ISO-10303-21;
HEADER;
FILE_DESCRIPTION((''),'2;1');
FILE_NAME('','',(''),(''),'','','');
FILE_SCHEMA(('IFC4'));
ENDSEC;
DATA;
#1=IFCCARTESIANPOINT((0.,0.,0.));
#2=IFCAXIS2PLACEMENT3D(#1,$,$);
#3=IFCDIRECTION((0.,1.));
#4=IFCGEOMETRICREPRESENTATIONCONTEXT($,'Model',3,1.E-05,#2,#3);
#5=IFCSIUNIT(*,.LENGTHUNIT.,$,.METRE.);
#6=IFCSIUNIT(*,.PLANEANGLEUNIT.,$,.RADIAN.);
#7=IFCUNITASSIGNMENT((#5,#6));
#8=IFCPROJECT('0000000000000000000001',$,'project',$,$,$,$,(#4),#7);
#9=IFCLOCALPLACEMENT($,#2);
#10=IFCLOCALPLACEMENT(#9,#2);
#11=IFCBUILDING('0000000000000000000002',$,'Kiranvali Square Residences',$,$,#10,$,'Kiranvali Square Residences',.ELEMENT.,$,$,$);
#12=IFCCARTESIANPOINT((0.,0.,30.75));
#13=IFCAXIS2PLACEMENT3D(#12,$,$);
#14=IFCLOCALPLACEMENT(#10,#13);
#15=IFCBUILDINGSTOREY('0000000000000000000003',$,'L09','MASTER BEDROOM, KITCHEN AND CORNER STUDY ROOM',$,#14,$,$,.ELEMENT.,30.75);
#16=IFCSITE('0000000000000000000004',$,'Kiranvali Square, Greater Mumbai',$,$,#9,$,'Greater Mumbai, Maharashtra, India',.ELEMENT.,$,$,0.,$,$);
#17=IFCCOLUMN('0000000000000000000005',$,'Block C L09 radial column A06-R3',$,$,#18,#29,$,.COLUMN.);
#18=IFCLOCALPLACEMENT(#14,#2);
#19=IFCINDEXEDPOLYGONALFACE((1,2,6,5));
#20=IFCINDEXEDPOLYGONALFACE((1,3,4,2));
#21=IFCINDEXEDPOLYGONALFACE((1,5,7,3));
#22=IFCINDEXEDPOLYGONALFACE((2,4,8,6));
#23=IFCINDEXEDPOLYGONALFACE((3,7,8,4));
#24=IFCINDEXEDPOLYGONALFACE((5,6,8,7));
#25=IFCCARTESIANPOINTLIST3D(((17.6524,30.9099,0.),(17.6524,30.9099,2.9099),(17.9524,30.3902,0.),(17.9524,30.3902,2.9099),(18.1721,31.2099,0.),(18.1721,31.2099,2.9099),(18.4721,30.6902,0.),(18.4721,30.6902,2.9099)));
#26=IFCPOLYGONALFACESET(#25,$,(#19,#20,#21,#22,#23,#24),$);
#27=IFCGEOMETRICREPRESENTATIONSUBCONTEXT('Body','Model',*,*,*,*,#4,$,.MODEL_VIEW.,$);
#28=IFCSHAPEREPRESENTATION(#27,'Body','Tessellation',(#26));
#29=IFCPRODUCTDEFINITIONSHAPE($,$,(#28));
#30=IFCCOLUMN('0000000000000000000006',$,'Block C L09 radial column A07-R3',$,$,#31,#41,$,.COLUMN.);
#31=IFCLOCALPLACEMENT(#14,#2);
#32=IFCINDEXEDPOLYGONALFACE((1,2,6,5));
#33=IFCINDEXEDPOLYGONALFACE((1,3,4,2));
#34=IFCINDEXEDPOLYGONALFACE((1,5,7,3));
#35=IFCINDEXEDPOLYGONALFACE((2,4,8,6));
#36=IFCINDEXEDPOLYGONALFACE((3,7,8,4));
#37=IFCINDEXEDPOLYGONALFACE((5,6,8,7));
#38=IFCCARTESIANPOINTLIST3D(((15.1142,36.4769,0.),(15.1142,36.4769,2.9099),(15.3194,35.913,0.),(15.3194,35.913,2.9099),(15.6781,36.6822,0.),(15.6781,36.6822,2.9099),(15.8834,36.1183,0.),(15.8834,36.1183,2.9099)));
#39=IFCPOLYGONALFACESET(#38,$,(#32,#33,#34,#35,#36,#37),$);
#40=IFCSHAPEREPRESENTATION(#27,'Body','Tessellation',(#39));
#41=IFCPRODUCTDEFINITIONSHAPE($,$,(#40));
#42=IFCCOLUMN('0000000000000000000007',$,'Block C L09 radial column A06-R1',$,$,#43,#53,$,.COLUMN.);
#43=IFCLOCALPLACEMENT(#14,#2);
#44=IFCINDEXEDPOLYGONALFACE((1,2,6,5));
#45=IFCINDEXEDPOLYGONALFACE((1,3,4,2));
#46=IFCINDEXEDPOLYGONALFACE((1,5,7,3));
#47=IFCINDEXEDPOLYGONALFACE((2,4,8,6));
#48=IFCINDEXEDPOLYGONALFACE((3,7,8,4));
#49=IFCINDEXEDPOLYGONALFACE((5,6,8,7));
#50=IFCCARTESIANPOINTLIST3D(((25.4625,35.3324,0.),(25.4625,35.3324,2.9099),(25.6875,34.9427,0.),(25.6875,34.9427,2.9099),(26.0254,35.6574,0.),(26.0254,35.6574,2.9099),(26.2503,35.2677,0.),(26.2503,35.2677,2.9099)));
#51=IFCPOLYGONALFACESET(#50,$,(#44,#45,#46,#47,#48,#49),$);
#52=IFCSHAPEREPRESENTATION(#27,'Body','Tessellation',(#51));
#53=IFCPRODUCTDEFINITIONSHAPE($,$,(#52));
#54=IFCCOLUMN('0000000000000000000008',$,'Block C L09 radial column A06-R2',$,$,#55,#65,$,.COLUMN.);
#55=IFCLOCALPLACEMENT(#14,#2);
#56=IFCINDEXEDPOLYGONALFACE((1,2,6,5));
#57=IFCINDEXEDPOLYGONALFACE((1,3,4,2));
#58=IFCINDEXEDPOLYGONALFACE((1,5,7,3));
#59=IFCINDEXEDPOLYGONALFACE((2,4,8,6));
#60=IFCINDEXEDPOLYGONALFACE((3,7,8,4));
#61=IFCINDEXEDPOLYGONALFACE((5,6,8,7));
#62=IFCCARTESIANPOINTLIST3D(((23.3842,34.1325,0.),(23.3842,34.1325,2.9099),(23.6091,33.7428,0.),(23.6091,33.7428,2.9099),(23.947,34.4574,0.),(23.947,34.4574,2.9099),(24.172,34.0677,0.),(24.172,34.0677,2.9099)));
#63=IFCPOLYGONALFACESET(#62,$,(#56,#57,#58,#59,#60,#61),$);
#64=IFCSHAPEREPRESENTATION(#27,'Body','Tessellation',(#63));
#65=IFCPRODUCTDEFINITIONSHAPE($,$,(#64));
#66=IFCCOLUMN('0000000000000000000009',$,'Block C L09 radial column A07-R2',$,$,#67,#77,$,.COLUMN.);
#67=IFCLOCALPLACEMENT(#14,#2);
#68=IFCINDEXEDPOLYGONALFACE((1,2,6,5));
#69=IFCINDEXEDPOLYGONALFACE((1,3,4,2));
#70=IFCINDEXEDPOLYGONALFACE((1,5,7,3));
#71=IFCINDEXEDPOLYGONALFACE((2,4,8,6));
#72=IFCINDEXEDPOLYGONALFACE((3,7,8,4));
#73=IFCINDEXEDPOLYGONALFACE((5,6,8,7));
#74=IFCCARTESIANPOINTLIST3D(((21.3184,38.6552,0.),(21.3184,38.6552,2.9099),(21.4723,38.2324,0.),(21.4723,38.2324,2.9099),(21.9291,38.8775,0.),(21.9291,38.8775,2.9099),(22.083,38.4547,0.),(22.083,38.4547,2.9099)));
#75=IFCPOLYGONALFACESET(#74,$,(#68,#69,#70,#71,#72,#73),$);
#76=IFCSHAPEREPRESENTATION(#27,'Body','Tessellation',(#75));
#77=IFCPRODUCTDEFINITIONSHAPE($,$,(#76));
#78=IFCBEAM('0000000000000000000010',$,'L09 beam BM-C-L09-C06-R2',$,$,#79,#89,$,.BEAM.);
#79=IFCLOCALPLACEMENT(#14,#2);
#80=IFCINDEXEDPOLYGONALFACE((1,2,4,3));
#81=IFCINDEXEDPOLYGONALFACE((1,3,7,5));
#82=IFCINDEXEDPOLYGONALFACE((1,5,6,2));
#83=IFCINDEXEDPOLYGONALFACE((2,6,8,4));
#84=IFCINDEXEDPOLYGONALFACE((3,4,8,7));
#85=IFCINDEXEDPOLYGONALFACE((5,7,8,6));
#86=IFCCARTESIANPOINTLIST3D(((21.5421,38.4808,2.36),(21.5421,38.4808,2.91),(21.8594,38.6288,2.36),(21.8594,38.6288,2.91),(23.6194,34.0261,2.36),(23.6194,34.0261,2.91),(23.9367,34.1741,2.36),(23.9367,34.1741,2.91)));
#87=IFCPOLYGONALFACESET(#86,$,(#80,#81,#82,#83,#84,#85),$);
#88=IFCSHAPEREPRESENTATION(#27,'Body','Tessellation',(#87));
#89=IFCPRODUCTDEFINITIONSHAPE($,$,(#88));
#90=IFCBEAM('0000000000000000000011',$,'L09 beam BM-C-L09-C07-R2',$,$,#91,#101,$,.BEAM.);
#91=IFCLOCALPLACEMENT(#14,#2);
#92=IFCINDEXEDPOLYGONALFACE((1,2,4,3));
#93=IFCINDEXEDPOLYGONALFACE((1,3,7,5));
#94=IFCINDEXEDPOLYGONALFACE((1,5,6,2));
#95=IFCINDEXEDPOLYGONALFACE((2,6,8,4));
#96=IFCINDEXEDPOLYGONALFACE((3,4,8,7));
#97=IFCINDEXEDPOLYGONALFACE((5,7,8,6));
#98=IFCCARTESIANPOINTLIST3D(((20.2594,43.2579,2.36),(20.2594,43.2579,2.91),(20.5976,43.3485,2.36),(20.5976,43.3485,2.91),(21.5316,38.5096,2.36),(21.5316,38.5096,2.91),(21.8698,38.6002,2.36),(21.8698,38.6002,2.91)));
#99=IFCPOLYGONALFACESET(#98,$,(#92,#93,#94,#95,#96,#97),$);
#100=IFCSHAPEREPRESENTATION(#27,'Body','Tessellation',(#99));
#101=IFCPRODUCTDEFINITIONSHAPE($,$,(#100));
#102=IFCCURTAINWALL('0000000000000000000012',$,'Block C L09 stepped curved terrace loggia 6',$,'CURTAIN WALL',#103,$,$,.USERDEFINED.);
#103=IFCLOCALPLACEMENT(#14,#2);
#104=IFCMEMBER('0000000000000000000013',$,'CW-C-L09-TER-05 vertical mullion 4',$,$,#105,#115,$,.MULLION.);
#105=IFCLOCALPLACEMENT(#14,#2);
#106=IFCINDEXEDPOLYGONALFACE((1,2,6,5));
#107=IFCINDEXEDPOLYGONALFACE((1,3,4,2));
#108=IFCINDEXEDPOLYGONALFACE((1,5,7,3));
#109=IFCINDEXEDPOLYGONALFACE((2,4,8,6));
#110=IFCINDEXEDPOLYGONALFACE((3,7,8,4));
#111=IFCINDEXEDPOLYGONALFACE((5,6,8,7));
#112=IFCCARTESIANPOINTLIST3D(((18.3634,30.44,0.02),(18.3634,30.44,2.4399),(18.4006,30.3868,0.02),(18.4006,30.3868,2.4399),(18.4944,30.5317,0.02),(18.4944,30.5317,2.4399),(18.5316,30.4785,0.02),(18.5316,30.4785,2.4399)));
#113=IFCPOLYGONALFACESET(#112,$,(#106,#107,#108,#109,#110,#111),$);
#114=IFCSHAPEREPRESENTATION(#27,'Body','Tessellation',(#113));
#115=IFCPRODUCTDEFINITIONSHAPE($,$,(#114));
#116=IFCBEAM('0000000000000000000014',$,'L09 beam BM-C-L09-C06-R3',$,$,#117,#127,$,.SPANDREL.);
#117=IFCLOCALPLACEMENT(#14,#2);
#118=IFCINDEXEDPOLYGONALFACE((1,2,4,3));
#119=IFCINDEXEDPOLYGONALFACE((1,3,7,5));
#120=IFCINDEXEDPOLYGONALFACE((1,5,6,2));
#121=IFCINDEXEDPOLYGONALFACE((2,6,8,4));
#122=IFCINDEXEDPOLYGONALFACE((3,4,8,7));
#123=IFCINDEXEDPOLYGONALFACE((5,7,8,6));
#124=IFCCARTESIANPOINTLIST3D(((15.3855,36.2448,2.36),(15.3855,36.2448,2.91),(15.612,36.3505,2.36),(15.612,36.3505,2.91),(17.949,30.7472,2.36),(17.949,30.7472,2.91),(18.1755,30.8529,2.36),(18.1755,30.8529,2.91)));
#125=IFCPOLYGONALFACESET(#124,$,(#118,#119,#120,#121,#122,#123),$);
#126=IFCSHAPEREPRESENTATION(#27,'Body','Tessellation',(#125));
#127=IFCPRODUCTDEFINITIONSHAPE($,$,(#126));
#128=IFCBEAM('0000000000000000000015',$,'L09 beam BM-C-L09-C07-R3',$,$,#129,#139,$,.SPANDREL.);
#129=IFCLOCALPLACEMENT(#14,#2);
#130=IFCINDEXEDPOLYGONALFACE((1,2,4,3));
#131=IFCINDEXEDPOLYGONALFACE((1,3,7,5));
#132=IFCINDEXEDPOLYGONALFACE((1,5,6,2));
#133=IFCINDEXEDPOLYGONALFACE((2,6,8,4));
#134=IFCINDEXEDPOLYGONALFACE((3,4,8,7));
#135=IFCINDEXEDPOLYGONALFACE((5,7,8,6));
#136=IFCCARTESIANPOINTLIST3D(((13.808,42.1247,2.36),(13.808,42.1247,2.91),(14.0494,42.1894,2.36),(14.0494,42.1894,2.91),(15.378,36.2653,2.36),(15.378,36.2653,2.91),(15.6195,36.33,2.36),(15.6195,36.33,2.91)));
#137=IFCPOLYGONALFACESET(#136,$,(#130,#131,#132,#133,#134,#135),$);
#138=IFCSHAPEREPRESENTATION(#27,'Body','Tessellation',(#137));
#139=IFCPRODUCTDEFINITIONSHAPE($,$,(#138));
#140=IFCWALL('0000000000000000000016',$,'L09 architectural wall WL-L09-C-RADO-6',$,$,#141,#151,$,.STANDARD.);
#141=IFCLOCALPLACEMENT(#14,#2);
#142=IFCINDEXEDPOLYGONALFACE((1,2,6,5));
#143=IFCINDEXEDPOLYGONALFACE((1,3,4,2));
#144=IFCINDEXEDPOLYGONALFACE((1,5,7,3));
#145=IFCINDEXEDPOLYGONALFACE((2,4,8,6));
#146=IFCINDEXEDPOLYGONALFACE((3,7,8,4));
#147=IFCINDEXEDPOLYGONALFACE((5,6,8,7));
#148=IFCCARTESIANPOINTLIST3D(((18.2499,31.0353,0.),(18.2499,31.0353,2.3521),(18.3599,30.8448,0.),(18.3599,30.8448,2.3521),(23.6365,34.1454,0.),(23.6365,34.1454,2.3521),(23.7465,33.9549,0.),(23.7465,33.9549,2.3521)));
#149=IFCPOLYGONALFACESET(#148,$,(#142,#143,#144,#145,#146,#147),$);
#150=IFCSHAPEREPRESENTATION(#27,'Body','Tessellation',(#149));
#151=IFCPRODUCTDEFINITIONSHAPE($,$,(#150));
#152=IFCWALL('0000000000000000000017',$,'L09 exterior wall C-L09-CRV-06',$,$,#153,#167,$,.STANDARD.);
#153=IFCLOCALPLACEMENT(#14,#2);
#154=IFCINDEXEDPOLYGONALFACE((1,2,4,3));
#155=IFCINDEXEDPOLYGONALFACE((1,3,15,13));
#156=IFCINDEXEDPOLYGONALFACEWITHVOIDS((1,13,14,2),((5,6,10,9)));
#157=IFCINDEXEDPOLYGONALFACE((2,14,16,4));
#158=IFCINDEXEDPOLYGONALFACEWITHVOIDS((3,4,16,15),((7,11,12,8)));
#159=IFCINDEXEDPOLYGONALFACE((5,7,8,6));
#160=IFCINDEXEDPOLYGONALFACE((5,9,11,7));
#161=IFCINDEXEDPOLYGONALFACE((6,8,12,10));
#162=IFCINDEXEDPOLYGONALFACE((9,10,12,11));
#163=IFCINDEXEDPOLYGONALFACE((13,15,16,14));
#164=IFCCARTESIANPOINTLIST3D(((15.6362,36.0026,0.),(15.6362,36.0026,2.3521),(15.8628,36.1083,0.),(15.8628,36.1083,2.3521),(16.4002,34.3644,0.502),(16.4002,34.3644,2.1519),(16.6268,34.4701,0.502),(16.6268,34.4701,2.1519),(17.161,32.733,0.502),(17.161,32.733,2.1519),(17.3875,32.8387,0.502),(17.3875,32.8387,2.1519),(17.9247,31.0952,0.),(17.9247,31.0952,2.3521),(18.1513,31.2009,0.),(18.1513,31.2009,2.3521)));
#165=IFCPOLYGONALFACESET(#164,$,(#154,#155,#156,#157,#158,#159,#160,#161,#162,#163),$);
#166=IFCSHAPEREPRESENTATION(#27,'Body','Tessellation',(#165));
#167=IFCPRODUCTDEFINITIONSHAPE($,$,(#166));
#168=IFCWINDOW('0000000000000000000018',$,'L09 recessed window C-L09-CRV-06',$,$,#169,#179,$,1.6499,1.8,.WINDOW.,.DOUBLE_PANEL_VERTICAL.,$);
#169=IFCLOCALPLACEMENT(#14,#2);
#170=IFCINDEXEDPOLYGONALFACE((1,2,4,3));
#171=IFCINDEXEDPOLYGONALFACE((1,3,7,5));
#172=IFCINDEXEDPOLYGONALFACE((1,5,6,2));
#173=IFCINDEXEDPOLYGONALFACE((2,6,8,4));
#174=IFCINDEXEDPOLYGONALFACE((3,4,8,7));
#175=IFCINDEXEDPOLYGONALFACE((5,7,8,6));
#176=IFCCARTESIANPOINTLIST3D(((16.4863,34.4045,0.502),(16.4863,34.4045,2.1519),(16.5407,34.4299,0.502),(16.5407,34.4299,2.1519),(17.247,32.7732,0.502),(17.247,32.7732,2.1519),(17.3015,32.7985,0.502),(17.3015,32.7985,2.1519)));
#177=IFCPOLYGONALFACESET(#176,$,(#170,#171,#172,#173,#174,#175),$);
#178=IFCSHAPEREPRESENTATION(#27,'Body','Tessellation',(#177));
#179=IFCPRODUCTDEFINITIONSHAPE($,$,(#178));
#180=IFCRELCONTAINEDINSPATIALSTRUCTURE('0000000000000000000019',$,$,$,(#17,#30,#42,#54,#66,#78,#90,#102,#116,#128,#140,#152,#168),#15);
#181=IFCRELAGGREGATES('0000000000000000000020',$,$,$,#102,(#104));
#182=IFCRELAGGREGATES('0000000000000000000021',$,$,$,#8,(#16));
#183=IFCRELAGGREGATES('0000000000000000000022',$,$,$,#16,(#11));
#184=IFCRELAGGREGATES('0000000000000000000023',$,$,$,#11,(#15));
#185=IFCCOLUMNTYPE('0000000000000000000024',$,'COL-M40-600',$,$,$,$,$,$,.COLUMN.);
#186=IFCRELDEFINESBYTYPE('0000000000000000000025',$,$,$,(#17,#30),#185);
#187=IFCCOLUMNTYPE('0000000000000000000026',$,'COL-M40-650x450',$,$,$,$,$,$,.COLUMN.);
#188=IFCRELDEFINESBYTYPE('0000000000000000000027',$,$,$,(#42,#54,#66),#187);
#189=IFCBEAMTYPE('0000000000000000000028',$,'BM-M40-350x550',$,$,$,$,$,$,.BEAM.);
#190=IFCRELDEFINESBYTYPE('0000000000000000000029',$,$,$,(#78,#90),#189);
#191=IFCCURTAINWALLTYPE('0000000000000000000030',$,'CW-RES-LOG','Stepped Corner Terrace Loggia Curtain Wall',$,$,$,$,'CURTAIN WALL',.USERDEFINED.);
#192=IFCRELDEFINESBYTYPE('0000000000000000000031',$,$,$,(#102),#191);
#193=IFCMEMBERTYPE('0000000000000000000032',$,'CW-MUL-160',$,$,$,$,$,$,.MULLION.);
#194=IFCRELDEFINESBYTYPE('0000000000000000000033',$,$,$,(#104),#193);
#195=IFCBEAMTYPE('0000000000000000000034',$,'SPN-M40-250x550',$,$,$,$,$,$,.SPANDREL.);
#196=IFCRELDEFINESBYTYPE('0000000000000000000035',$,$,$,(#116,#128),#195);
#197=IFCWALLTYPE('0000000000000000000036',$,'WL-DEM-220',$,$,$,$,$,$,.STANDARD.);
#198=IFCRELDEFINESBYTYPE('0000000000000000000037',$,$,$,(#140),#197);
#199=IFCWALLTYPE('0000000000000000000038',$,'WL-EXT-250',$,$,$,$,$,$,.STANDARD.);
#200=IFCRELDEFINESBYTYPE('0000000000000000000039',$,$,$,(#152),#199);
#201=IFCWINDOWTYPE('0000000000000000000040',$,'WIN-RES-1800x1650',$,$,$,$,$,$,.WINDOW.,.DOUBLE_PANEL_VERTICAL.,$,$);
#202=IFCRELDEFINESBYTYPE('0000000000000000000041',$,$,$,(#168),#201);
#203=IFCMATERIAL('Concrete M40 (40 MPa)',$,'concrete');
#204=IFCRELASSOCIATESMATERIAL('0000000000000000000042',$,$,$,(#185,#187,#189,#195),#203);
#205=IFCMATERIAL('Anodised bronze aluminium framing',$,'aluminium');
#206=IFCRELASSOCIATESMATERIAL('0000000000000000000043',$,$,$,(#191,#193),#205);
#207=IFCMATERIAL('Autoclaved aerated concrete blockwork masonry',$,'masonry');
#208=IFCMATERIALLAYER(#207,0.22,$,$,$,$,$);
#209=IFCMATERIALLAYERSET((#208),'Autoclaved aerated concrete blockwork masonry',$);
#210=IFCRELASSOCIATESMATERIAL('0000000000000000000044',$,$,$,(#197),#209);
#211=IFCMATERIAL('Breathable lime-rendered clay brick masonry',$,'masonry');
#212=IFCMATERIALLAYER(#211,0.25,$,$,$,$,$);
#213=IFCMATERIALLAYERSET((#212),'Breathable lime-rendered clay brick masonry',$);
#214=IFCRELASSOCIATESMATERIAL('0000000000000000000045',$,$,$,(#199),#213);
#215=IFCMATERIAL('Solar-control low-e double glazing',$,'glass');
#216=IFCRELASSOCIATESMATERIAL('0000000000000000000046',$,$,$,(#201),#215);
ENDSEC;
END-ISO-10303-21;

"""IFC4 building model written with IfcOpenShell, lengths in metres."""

from ifc_helpers import new_model, si_unit, direction, frame, frame_2d, origin, origin_2d, place, context, subcontext, project, spatial, rectangle, extrude, material, layer, layer_set, material_profile, profile_set, type_object, element, fill, aggregate, save


model = new_model("IFC4")

# Units and contexts
model_context = context("Model", 3, precision=1e-05, world=origin(), true_north=direction((0.0, 1.0)))
body_context = subcontext(model_context, "Body", "Model", "MODEL_VIEW")
ifc_project = project(units=[si_unit("LENGTHUNIT", "METRE"), si_unit("PLANEANGLEUNIT", "RADIAN")], contexts=[model_context])

# Site, building, storey
site_placement = place(None, origin())
site = spatial("IfcSite", under=ifc_project, at=site_placement, Name="Kiranvali Square, Greater Mumbai", LongName="Greater Mumbai, Maharashtra, India", CompositionType="ELEMENT", RefElevation=0.0)
building_placement = place(site_placement, origin())
building = spatial("IfcBuilding", under=site, at=building_placement, Name="Kiranvali Square Residences", LongName="Kiranvali Square Residences", CompositionType="ELEMENT")
storey_placement = place(building_placement, frame((0.0, 0.0, 30.75)))
storey = spatial("IfcBuildingStorey", under=building, at=storey_placement, Name="L09", Description="MASTER BEDROOM, KITCHEN AND CORNER STUDY ROOM", CompositionType="ELEMENT", Elevation=30.75)

# Columns
ifc_material_1 = material(Name="Concrete M40 (40 MPa)", Category="concrete")
ifc_material_profile_1 = material_profile(ifc_material_1, rectangle(XDim=0.6001, YDim=0.6001, at=origin_2d()), Name="RC 600x600")
ifc_profile_set_1 = profile_set([ifc_material_profile_1], Name="Concrete M40 (40 MPa)")
column_type_1 = type_object("IfcColumnType", Name="COL-M40-600", PredefinedType="COLUMN", material=ifc_profile_set_1)
for number, where, z_axis, x_axis, name in (
    (1, (18.0623, 30.8, 0.0), (0.0, 0.0, 1.0), (-0.5, 0.866025, 0.0), "Block C L09 radial column A06-R3"),
    (2, (15.4988, 36.2976, 0.0), (0.0, 0.0, 1.0), (-0.34202, 0.939693, 0.0), "Block C L09 radial column A07-R3"),
):
    element("IfcColumn", number, at=place(storey_placement, frame(where, z_axis=z_axis, x_axis=x_axis)), inside=storey, type_object=column_type_1, Name=name, PredefinedType="COLUMN", context=body_context, shape_type="SweptSolid", body=[
        extrude(rectangle(XDim=0.6001, YDim=0.6001, at=origin_2d()), origin(), (0.0, 0.0, 1.0), 2.9099),
    ])
ifc_material_profile_2 = material_profile(ifc_material_1, rectangle(XDim=0.45, YDim=0.6499, at=origin_2d()), Name="RC 650x450")
ifc_profile_set_2 = profile_set([ifc_material_profile_2], Name="Concrete M40 (40 MPa)")
column_type_2 = type_object("IfcColumnType", Name="COL-M40-650x450", PredefinedType="COLUMN", material=ifc_profile_set_2)
for number, where, z_axis, x_axis, name in (
    (3, (25.8564, 35.3, 0.0), (0.0, 0.0, 1.0), (-0.5, 0.866025, 0.0), "Block C L09 radial column A06-R1"),
    (4, (23.7781, 34.1001, 0.0), (0.0, 0.0, 1.0), (-0.5, 0.866025, 0.0), "Block C L09 radial column A06-R2"),
    (5, (21.7007, 38.5549, 0.0), (0.0, 0.0, 1.0), (-0.34202, 0.939693, 0.0), "Block C L09 radial column A07-R2"),
):
    element("IfcColumn", number, at=place(storey_placement, frame(where, z_axis=z_axis, x_axis=x_axis)), inside=storey, type_object=column_type_2, Name=name, PredefinedType="COLUMN", context=body_context, shape_type="SweptSolid", body=[
        extrude(rectangle(XDim=0.45, YDim=0.6499, at=origin_2d()), origin(), (0.0, 0.0, 1.0), 2.9099),
    ])

# Beams
ifc_material_profile_3 = material_profile(ifc_material_1, rectangle(XDim=0.3501, YDim=0.55, at=origin_2d()), Name="RC 350x550")
ifc_profile_set_3 = profile_set([ifc_material_profile_3], Name="Concrete M40 (40 MPa)")
beam_type_1 = type_object("IfcBeamType", Name="BM-M40-350x550", PredefinedType="BEAM", material=ifc_profile_set_3)
beam_1_placement = place(storey_placement, frame((23.7781, 34.1001, 2.635), z_axis=(-0.42263, 0.906302, 0.0), x_axis=(-0.906302, -0.42263, 0.0)))
element("IfcBeam", 6, at=beam_1_placement, inside=storey, type_object=beam_type_1, Name="L09 beam BM-C-L09-C06-R2", PredefinedType="BEAM", context=body_context, shape_type="SweptSolid", body=[
    extrude(rectangle(XDim=0.3501, YDim=0.55, at=origin_2d()), origin(), (0.0, 0.0, 1.0), 4.9153),
])
beam_2_placement = place(storey_placement, frame((21.7007, 38.5549, 2.635), z_axis=(-0.258803, 0.96593, 0.0), x_axis=(-0.96593, -0.258803, 0.0)))
element("IfcBeam", 7, at=beam_2_placement, inside=storey, type_object=beam_type_1, Name="L09 beam BM-C-L09-C07-R2", PredefinedType="BEAM", context=body_context, shape_type="SweptSolid", body=[
    extrude(rectangle(XDim=0.3501, YDim=0.55, at=origin_2d()), origin(), (0.0, 0.0, 1.0), 4.9158),
])

# Curtain wall, member
ifc_material_2 = material(Name="Anodised bronze aluminium framing", Category="aluminium")
curtain_wall_type = type_object("IfcCurtainWallType", Name="CW-RES-LOG", Description="Stepped Corner Terrace Loggia Curtain Wall", ElementType="CURTAIN WALL", PredefinedType="USERDEFINED", material=ifc_material_2)
curtain_wall_placement = place(storey_placement, origin())
curtain_wall = element("IfcCurtainWall", 8, at=curtain_wall_placement, inside=storey, type_object=curtain_wall_type, Name="Block C L09 stepped curved terrace loggia 6", ObjectType="CURTAIN WALL", PredefinedType="USERDEFINED")
ifc_material_profile_4 = material_profile(ifc_material_2, rectangle(XDim=0.0649, YDim=0.1599, at=origin_2d()), Name="ALU 65x160")
ifc_profile_set_4 = profile_set([ifc_material_profile_4], Name="Anodised bronze aluminium framing")
member_type = type_object("IfcMemberType", Name="CW-MUL-160", PredefinedType="MULLION", material=ifc_profile_set_4)
member_placement = place(storey_placement, frame((18.4475, 30.4592, 0.02), z_axis=(0.0, 0.0, 1.0), x_axis=(-0.573576, 0.819152, 0.0)))
member = element("IfcMember", 9, at=member_placement, type_object=member_type, Name="CW-C-L09-TER-05 vertical mullion 4", PredefinedType="MULLION", context=body_context, shape_type="SweptSolid", body=[
    extrude(rectangle(XDim=0.0649, YDim=0.1599, at=origin_2d()), origin(), (0.0, 0.0, 1.0), 2.4199),
])
aggregate(curtain_wall, [member])

# Beams
ifc_material_profile_5 = material_profile(ifc_material_1, rectangle(XDim=0.25, YDim=0.55, at=origin_2d()), Name="RC 250x550")
ifc_profile_set_5 = profile_set([ifc_material_profile_5], Name="Concrete M40 (40 MPa)")
beam_type_2 = type_object("IfcBeamType", Name="SPN-M40-250x550", PredefinedType="SPANDREL", material=ifc_profile_set_5)
beam_3_placement = place(storey_placement, frame((18.0623, 30.8, 2.635), z_axis=(-0.422608, 0.906313, 0.0), x_axis=(-0.906313, -0.422608, 0.0)))
element("IfcBeam", 10, at=beam_3_placement, inside=storey, type_object=beam_type_2, Name="L09 beam BM-C-L09-C06-R3", PredefinedType="SPANDREL", context=body_context, shape_type="SweptSolid", body=[
    extrude(rectangle(XDim=0.25, YDim=0.55, at=origin_2d()), origin(), (0.0, 0.0, 1.0), 6.0659),
])
beam_4_placement = place(storey_placement, frame((15.4988, 36.2976, 2.635), z_axis=(-0.258827, 0.965924, 0.0), x_axis=(-0.965924, -0.258827, 0.0)))
element("IfcBeam", 11, at=beam_4_placement, inside=storey, type_object=beam_type_2, Name="L09 beam BM-C-L09-C07-R3", PredefinedType="SPANDREL", context=body_context, shape_type="SweptSolid", body=[
    extrude(rectangle(XDim=0.25, YDim=0.55, at=origin_2d()), origin(), (0.0, 0.0, 1.0), 6.0662),
])

# Shared definitions
ifc_material_3 = material(Name="Autoclaved aerated concrete blockwork masonry", Category="masonry")

# Wall
ifc_layer_1 = layer(ifc_material_3, 0.22)
ifc_layer_set_1 = layer_set([ifc_layer_1], Name="Autoclaved aerated concrete blockwork masonry")
wall_type_1 = type_object("IfcWallType", Name="WL-DEM-220", PredefinedType="STANDARD", material=ifc_layer_set_1)
wall_1_placement = place(storey_placement, frame((23.6914, 34.05, 0.0), z_axis=(0.0, 0.0, 1.0), x_axis=(-0.86602, -0.50001, 0.0)))
element("IfcWall", 12, at=wall_1_placement, inside=storey, type_object=wall_type_1, Name="L09 architectural wall WL-L09-C-RADO-6", PredefinedType="STANDARD", context=body_context, shape_type="SweptSolid", body=[
    extrude(rectangle(XDim=6.22, YDim=0.22, at=frame_2d((3.1099, 0.0))), origin(), (0.0, 0.0, 1.0), 2.3521),
])

# Wall, opening, window
ifc_material_4 = material(Name="Breathable lime-rendered clay brick masonry", Category="masonry")
ifc_layer_2 = layer(ifc_material_4, 0.25)
ifc_layer_set_2 = layer_set([ifc_layer_2], Name="Breathable lime-rendered clay brick masonry")
wall_type_2 = type_object("IfcWallType", Name="WL-EXT-250", PredefinedType="STANDARD", material=ifc_layer_set_2)
wall_2_placement = place(storey_placement, frame((18.0381, 31.1479, 0.0), z_axis=(0.0, 0.0, 1.0), x_axis=(-0.422646, 0.906295, 0.0)))
wall_2 = element("IfcWall", 13, at=wall_2_placement, inside=storey, type_object=wall_type_2, Name="L09 exterior wall C-L09-CRV-06", PredefinedType="STANDARD", context=body_context, shape_type="SweptSolid", body=[
    extrude(rectangle(XDim=5.4148, YDim=0.25, at=frame_2d((2.7075, 0.0))), origin(), (0.0, 0.0, 1.0), 2.3521),
])
opening_1_placement = place(wall_2_placement, frame((1.8074, 0.0, 0.502)))
opening_1 = element("IfcOpeningElement", 14, at=opening_1_placement, cuts=wall_2, PredefinedType="OPENING", context=body_context, shape_type="SweptSolid", body=[
    extrude(rectangle(XDim=1.8, YDim=1.6499, at=frame_2d((0.8999, 0.825))), frame((0.0, 0.135, 0.0), z_axis=(0.0, -1.0, 0.0), x_axis=(1.0, 0.0, 0.0)), (0.0, 0.0, 1.0), 0.27),
])
ifc_material_5 = material(Name="Solar-control low-e double glazing", Category="glass")
window_type_1 = type_object("IfcWindowType", Name="WIN-RES-1800x1650", PartitioningType="DOUBLE_PANEL_VERTICAL", PredefinedType="WINDOW", material=ifc_material_5)
window_1_placement = place(opening_1_placement, origin())
window_1 = element("IfcWindow", 15, at=window_1_placement, inside=storey, type_object=window_type_1, Name="L09 recessed window C-L09-CRV-06", OverallHeight=1.6499, OverallWidth=1.8, PartitioningType="DOUBLE_PANEL_VERTICAL", PredefinedType="WINDOW", context=body_context, shape_type="SweptSolid", body=[
    extrude(rectangle(XDim=1.8, YDim=1.6499, at=frame_2d((0.8999, 0.825))), frame((0.0, 0.03, 0.0), z_axis=(0.0, -1.0, 0.0), x_axis=(1.0, 0.0, 0.0)), (0.0, 0.0, 1.0), 0.0601),
])
fill(opening_1, window_1)

save(model, "model.ifc")
